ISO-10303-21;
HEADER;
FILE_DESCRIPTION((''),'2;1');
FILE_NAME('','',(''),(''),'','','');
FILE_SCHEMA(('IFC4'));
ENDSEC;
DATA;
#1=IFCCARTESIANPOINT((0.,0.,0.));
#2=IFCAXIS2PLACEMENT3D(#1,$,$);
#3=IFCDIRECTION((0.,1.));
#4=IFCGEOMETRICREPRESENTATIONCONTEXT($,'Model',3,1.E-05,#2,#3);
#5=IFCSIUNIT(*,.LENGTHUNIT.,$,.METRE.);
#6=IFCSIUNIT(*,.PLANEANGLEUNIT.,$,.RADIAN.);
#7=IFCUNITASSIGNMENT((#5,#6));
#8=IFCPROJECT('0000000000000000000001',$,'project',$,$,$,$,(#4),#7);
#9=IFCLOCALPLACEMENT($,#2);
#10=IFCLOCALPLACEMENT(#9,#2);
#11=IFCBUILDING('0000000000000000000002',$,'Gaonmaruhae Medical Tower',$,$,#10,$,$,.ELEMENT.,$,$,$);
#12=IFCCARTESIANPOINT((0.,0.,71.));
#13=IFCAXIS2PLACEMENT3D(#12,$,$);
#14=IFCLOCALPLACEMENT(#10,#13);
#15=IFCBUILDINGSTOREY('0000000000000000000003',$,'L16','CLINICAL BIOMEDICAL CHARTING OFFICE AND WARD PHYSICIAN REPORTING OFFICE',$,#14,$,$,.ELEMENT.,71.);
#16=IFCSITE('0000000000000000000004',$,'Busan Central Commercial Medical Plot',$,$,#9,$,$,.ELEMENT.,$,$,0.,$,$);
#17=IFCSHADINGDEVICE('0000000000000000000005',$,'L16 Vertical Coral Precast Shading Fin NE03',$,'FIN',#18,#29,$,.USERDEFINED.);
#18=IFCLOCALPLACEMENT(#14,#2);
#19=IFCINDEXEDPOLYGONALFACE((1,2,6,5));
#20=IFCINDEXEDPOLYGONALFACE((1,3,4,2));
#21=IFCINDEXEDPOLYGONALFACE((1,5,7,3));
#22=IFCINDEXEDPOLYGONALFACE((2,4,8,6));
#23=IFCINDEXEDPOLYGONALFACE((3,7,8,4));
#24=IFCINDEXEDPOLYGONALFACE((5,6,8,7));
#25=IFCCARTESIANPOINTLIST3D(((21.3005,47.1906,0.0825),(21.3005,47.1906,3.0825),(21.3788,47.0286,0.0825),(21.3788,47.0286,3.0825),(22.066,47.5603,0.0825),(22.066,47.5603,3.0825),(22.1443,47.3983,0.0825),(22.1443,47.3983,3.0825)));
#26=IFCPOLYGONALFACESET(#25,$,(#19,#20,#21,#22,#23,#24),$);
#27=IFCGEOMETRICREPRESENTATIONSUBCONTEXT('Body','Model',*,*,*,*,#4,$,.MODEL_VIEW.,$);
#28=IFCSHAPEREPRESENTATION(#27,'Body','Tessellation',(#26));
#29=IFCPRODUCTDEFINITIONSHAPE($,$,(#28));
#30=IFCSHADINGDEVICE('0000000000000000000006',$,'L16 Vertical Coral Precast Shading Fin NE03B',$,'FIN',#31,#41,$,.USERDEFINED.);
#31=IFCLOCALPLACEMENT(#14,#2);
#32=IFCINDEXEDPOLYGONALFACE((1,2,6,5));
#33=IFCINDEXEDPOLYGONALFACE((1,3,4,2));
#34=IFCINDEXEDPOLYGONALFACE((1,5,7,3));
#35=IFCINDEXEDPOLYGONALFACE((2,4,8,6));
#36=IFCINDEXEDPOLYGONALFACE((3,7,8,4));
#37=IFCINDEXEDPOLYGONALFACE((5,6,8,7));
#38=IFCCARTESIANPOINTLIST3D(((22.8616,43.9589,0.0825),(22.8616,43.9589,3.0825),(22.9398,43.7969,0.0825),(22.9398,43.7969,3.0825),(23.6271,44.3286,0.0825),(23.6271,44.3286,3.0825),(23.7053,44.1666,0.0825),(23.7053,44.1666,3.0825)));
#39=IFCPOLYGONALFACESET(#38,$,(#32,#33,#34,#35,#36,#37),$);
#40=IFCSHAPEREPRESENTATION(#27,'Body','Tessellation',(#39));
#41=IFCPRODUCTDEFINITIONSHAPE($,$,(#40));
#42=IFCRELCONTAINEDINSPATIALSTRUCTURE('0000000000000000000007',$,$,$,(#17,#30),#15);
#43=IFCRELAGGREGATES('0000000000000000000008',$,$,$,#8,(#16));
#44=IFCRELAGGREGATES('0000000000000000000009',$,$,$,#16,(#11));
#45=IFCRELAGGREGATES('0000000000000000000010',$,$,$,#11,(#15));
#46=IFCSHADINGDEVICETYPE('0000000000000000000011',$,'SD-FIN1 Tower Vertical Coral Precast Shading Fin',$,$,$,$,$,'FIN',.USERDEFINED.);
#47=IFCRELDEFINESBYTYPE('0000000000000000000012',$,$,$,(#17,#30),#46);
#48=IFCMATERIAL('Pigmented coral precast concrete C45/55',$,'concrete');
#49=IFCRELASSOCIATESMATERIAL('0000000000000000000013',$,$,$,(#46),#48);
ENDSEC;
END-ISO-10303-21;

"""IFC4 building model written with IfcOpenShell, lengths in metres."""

from ifc_helpers import new_model, si_unit, direction, frame, origin, origin_2d, place, context, subcontext, project, spatial, rectangle, extrude, material, type_object, element, save


model = new_model("IFC4")

# Units and contexts
model_context = context("Model", 3, precision=1e-05, world=origin(), true_north=direction((0.0, 1.0)))
body_context = subcontext(model_context, "Body", "Model", "MODEL_VIEW")
ifc_project = project(units=[si_unit("LENGTHUNIT", "METRE"), si_unit("PLANEANGLEUNIT", "RADIAN")], contexts=[model_context])

# Site, building, storey
site_placement = place(None, origin())
site = spatial("IfcSite", under=ifc_project, at=site_placement, Name="Busan Central Commercial Medical Plot", CompositionType="ELEMENT", RefElevation=0.0)
building_placement = place(site_placement, origin())
building = spatial("IfcBuilding", under=site, at=building_placement, Name="Gaonmaruhae Medical Tower", CompositionType="ELEMENT")
storey_placement = place(building_placement, frame((0.0, 0.0, 71.0)))
storey = spatial("IfcBuildingStorey", under=building, at=storey_placement, Name="L16", Description="CLINICAL BIOMEDICAL CHARTING OFFICE AND WARD PHYSICIAN REPORTING OFFICE", CompositionType="ELEMENT", Elevation=71.0)

# Shading devices
ifc_material_1 = material(Name="Pigmented coral precast concrete C45/55", Category="concrete")
shading_device_type = type_object("IfcShadingDeviceType", Name="SD-FIN1 Tower Vertical Coral Precast Shading Fin", ElementType="FIN", PredefinedType="USERDEFINED", material=ifc_material_1)
for number, where, z_axis, x_axis, name in (
    (1, (21.7224, 47.2944, 0.0825), (0.0, 0.0, 1.0), (0.434933, -0.900463, 0.0), "L16 Vertical Coral Precast Shading Fin NE03"),
    (2, (23.2834, 44.0627, 0.0825), (0.0, 0.0, 1.0), (0.434933, -0.900463, 0.0), "L16 Vertical Coral Precast Shading Fin NE03B"),
):
    element("IfcShadingDevice", number, at=place(storey_placement, frame(where, z_axis=z_axis, x_axis=x_axis)), inside=storey, type_object=shading_device_type, Name=name, ObjectType="FIN", PredefinedType="USERDEFINED", context=body_context, shape_type="SweptSolid", body=[
        extrude(rectangle(XDim=0.1799, YDim=0.8501, at=origin_2d()), origin(), (0.0, 0.0, 1.0), 3.0),
    ])

save(model, "model.ifc")
